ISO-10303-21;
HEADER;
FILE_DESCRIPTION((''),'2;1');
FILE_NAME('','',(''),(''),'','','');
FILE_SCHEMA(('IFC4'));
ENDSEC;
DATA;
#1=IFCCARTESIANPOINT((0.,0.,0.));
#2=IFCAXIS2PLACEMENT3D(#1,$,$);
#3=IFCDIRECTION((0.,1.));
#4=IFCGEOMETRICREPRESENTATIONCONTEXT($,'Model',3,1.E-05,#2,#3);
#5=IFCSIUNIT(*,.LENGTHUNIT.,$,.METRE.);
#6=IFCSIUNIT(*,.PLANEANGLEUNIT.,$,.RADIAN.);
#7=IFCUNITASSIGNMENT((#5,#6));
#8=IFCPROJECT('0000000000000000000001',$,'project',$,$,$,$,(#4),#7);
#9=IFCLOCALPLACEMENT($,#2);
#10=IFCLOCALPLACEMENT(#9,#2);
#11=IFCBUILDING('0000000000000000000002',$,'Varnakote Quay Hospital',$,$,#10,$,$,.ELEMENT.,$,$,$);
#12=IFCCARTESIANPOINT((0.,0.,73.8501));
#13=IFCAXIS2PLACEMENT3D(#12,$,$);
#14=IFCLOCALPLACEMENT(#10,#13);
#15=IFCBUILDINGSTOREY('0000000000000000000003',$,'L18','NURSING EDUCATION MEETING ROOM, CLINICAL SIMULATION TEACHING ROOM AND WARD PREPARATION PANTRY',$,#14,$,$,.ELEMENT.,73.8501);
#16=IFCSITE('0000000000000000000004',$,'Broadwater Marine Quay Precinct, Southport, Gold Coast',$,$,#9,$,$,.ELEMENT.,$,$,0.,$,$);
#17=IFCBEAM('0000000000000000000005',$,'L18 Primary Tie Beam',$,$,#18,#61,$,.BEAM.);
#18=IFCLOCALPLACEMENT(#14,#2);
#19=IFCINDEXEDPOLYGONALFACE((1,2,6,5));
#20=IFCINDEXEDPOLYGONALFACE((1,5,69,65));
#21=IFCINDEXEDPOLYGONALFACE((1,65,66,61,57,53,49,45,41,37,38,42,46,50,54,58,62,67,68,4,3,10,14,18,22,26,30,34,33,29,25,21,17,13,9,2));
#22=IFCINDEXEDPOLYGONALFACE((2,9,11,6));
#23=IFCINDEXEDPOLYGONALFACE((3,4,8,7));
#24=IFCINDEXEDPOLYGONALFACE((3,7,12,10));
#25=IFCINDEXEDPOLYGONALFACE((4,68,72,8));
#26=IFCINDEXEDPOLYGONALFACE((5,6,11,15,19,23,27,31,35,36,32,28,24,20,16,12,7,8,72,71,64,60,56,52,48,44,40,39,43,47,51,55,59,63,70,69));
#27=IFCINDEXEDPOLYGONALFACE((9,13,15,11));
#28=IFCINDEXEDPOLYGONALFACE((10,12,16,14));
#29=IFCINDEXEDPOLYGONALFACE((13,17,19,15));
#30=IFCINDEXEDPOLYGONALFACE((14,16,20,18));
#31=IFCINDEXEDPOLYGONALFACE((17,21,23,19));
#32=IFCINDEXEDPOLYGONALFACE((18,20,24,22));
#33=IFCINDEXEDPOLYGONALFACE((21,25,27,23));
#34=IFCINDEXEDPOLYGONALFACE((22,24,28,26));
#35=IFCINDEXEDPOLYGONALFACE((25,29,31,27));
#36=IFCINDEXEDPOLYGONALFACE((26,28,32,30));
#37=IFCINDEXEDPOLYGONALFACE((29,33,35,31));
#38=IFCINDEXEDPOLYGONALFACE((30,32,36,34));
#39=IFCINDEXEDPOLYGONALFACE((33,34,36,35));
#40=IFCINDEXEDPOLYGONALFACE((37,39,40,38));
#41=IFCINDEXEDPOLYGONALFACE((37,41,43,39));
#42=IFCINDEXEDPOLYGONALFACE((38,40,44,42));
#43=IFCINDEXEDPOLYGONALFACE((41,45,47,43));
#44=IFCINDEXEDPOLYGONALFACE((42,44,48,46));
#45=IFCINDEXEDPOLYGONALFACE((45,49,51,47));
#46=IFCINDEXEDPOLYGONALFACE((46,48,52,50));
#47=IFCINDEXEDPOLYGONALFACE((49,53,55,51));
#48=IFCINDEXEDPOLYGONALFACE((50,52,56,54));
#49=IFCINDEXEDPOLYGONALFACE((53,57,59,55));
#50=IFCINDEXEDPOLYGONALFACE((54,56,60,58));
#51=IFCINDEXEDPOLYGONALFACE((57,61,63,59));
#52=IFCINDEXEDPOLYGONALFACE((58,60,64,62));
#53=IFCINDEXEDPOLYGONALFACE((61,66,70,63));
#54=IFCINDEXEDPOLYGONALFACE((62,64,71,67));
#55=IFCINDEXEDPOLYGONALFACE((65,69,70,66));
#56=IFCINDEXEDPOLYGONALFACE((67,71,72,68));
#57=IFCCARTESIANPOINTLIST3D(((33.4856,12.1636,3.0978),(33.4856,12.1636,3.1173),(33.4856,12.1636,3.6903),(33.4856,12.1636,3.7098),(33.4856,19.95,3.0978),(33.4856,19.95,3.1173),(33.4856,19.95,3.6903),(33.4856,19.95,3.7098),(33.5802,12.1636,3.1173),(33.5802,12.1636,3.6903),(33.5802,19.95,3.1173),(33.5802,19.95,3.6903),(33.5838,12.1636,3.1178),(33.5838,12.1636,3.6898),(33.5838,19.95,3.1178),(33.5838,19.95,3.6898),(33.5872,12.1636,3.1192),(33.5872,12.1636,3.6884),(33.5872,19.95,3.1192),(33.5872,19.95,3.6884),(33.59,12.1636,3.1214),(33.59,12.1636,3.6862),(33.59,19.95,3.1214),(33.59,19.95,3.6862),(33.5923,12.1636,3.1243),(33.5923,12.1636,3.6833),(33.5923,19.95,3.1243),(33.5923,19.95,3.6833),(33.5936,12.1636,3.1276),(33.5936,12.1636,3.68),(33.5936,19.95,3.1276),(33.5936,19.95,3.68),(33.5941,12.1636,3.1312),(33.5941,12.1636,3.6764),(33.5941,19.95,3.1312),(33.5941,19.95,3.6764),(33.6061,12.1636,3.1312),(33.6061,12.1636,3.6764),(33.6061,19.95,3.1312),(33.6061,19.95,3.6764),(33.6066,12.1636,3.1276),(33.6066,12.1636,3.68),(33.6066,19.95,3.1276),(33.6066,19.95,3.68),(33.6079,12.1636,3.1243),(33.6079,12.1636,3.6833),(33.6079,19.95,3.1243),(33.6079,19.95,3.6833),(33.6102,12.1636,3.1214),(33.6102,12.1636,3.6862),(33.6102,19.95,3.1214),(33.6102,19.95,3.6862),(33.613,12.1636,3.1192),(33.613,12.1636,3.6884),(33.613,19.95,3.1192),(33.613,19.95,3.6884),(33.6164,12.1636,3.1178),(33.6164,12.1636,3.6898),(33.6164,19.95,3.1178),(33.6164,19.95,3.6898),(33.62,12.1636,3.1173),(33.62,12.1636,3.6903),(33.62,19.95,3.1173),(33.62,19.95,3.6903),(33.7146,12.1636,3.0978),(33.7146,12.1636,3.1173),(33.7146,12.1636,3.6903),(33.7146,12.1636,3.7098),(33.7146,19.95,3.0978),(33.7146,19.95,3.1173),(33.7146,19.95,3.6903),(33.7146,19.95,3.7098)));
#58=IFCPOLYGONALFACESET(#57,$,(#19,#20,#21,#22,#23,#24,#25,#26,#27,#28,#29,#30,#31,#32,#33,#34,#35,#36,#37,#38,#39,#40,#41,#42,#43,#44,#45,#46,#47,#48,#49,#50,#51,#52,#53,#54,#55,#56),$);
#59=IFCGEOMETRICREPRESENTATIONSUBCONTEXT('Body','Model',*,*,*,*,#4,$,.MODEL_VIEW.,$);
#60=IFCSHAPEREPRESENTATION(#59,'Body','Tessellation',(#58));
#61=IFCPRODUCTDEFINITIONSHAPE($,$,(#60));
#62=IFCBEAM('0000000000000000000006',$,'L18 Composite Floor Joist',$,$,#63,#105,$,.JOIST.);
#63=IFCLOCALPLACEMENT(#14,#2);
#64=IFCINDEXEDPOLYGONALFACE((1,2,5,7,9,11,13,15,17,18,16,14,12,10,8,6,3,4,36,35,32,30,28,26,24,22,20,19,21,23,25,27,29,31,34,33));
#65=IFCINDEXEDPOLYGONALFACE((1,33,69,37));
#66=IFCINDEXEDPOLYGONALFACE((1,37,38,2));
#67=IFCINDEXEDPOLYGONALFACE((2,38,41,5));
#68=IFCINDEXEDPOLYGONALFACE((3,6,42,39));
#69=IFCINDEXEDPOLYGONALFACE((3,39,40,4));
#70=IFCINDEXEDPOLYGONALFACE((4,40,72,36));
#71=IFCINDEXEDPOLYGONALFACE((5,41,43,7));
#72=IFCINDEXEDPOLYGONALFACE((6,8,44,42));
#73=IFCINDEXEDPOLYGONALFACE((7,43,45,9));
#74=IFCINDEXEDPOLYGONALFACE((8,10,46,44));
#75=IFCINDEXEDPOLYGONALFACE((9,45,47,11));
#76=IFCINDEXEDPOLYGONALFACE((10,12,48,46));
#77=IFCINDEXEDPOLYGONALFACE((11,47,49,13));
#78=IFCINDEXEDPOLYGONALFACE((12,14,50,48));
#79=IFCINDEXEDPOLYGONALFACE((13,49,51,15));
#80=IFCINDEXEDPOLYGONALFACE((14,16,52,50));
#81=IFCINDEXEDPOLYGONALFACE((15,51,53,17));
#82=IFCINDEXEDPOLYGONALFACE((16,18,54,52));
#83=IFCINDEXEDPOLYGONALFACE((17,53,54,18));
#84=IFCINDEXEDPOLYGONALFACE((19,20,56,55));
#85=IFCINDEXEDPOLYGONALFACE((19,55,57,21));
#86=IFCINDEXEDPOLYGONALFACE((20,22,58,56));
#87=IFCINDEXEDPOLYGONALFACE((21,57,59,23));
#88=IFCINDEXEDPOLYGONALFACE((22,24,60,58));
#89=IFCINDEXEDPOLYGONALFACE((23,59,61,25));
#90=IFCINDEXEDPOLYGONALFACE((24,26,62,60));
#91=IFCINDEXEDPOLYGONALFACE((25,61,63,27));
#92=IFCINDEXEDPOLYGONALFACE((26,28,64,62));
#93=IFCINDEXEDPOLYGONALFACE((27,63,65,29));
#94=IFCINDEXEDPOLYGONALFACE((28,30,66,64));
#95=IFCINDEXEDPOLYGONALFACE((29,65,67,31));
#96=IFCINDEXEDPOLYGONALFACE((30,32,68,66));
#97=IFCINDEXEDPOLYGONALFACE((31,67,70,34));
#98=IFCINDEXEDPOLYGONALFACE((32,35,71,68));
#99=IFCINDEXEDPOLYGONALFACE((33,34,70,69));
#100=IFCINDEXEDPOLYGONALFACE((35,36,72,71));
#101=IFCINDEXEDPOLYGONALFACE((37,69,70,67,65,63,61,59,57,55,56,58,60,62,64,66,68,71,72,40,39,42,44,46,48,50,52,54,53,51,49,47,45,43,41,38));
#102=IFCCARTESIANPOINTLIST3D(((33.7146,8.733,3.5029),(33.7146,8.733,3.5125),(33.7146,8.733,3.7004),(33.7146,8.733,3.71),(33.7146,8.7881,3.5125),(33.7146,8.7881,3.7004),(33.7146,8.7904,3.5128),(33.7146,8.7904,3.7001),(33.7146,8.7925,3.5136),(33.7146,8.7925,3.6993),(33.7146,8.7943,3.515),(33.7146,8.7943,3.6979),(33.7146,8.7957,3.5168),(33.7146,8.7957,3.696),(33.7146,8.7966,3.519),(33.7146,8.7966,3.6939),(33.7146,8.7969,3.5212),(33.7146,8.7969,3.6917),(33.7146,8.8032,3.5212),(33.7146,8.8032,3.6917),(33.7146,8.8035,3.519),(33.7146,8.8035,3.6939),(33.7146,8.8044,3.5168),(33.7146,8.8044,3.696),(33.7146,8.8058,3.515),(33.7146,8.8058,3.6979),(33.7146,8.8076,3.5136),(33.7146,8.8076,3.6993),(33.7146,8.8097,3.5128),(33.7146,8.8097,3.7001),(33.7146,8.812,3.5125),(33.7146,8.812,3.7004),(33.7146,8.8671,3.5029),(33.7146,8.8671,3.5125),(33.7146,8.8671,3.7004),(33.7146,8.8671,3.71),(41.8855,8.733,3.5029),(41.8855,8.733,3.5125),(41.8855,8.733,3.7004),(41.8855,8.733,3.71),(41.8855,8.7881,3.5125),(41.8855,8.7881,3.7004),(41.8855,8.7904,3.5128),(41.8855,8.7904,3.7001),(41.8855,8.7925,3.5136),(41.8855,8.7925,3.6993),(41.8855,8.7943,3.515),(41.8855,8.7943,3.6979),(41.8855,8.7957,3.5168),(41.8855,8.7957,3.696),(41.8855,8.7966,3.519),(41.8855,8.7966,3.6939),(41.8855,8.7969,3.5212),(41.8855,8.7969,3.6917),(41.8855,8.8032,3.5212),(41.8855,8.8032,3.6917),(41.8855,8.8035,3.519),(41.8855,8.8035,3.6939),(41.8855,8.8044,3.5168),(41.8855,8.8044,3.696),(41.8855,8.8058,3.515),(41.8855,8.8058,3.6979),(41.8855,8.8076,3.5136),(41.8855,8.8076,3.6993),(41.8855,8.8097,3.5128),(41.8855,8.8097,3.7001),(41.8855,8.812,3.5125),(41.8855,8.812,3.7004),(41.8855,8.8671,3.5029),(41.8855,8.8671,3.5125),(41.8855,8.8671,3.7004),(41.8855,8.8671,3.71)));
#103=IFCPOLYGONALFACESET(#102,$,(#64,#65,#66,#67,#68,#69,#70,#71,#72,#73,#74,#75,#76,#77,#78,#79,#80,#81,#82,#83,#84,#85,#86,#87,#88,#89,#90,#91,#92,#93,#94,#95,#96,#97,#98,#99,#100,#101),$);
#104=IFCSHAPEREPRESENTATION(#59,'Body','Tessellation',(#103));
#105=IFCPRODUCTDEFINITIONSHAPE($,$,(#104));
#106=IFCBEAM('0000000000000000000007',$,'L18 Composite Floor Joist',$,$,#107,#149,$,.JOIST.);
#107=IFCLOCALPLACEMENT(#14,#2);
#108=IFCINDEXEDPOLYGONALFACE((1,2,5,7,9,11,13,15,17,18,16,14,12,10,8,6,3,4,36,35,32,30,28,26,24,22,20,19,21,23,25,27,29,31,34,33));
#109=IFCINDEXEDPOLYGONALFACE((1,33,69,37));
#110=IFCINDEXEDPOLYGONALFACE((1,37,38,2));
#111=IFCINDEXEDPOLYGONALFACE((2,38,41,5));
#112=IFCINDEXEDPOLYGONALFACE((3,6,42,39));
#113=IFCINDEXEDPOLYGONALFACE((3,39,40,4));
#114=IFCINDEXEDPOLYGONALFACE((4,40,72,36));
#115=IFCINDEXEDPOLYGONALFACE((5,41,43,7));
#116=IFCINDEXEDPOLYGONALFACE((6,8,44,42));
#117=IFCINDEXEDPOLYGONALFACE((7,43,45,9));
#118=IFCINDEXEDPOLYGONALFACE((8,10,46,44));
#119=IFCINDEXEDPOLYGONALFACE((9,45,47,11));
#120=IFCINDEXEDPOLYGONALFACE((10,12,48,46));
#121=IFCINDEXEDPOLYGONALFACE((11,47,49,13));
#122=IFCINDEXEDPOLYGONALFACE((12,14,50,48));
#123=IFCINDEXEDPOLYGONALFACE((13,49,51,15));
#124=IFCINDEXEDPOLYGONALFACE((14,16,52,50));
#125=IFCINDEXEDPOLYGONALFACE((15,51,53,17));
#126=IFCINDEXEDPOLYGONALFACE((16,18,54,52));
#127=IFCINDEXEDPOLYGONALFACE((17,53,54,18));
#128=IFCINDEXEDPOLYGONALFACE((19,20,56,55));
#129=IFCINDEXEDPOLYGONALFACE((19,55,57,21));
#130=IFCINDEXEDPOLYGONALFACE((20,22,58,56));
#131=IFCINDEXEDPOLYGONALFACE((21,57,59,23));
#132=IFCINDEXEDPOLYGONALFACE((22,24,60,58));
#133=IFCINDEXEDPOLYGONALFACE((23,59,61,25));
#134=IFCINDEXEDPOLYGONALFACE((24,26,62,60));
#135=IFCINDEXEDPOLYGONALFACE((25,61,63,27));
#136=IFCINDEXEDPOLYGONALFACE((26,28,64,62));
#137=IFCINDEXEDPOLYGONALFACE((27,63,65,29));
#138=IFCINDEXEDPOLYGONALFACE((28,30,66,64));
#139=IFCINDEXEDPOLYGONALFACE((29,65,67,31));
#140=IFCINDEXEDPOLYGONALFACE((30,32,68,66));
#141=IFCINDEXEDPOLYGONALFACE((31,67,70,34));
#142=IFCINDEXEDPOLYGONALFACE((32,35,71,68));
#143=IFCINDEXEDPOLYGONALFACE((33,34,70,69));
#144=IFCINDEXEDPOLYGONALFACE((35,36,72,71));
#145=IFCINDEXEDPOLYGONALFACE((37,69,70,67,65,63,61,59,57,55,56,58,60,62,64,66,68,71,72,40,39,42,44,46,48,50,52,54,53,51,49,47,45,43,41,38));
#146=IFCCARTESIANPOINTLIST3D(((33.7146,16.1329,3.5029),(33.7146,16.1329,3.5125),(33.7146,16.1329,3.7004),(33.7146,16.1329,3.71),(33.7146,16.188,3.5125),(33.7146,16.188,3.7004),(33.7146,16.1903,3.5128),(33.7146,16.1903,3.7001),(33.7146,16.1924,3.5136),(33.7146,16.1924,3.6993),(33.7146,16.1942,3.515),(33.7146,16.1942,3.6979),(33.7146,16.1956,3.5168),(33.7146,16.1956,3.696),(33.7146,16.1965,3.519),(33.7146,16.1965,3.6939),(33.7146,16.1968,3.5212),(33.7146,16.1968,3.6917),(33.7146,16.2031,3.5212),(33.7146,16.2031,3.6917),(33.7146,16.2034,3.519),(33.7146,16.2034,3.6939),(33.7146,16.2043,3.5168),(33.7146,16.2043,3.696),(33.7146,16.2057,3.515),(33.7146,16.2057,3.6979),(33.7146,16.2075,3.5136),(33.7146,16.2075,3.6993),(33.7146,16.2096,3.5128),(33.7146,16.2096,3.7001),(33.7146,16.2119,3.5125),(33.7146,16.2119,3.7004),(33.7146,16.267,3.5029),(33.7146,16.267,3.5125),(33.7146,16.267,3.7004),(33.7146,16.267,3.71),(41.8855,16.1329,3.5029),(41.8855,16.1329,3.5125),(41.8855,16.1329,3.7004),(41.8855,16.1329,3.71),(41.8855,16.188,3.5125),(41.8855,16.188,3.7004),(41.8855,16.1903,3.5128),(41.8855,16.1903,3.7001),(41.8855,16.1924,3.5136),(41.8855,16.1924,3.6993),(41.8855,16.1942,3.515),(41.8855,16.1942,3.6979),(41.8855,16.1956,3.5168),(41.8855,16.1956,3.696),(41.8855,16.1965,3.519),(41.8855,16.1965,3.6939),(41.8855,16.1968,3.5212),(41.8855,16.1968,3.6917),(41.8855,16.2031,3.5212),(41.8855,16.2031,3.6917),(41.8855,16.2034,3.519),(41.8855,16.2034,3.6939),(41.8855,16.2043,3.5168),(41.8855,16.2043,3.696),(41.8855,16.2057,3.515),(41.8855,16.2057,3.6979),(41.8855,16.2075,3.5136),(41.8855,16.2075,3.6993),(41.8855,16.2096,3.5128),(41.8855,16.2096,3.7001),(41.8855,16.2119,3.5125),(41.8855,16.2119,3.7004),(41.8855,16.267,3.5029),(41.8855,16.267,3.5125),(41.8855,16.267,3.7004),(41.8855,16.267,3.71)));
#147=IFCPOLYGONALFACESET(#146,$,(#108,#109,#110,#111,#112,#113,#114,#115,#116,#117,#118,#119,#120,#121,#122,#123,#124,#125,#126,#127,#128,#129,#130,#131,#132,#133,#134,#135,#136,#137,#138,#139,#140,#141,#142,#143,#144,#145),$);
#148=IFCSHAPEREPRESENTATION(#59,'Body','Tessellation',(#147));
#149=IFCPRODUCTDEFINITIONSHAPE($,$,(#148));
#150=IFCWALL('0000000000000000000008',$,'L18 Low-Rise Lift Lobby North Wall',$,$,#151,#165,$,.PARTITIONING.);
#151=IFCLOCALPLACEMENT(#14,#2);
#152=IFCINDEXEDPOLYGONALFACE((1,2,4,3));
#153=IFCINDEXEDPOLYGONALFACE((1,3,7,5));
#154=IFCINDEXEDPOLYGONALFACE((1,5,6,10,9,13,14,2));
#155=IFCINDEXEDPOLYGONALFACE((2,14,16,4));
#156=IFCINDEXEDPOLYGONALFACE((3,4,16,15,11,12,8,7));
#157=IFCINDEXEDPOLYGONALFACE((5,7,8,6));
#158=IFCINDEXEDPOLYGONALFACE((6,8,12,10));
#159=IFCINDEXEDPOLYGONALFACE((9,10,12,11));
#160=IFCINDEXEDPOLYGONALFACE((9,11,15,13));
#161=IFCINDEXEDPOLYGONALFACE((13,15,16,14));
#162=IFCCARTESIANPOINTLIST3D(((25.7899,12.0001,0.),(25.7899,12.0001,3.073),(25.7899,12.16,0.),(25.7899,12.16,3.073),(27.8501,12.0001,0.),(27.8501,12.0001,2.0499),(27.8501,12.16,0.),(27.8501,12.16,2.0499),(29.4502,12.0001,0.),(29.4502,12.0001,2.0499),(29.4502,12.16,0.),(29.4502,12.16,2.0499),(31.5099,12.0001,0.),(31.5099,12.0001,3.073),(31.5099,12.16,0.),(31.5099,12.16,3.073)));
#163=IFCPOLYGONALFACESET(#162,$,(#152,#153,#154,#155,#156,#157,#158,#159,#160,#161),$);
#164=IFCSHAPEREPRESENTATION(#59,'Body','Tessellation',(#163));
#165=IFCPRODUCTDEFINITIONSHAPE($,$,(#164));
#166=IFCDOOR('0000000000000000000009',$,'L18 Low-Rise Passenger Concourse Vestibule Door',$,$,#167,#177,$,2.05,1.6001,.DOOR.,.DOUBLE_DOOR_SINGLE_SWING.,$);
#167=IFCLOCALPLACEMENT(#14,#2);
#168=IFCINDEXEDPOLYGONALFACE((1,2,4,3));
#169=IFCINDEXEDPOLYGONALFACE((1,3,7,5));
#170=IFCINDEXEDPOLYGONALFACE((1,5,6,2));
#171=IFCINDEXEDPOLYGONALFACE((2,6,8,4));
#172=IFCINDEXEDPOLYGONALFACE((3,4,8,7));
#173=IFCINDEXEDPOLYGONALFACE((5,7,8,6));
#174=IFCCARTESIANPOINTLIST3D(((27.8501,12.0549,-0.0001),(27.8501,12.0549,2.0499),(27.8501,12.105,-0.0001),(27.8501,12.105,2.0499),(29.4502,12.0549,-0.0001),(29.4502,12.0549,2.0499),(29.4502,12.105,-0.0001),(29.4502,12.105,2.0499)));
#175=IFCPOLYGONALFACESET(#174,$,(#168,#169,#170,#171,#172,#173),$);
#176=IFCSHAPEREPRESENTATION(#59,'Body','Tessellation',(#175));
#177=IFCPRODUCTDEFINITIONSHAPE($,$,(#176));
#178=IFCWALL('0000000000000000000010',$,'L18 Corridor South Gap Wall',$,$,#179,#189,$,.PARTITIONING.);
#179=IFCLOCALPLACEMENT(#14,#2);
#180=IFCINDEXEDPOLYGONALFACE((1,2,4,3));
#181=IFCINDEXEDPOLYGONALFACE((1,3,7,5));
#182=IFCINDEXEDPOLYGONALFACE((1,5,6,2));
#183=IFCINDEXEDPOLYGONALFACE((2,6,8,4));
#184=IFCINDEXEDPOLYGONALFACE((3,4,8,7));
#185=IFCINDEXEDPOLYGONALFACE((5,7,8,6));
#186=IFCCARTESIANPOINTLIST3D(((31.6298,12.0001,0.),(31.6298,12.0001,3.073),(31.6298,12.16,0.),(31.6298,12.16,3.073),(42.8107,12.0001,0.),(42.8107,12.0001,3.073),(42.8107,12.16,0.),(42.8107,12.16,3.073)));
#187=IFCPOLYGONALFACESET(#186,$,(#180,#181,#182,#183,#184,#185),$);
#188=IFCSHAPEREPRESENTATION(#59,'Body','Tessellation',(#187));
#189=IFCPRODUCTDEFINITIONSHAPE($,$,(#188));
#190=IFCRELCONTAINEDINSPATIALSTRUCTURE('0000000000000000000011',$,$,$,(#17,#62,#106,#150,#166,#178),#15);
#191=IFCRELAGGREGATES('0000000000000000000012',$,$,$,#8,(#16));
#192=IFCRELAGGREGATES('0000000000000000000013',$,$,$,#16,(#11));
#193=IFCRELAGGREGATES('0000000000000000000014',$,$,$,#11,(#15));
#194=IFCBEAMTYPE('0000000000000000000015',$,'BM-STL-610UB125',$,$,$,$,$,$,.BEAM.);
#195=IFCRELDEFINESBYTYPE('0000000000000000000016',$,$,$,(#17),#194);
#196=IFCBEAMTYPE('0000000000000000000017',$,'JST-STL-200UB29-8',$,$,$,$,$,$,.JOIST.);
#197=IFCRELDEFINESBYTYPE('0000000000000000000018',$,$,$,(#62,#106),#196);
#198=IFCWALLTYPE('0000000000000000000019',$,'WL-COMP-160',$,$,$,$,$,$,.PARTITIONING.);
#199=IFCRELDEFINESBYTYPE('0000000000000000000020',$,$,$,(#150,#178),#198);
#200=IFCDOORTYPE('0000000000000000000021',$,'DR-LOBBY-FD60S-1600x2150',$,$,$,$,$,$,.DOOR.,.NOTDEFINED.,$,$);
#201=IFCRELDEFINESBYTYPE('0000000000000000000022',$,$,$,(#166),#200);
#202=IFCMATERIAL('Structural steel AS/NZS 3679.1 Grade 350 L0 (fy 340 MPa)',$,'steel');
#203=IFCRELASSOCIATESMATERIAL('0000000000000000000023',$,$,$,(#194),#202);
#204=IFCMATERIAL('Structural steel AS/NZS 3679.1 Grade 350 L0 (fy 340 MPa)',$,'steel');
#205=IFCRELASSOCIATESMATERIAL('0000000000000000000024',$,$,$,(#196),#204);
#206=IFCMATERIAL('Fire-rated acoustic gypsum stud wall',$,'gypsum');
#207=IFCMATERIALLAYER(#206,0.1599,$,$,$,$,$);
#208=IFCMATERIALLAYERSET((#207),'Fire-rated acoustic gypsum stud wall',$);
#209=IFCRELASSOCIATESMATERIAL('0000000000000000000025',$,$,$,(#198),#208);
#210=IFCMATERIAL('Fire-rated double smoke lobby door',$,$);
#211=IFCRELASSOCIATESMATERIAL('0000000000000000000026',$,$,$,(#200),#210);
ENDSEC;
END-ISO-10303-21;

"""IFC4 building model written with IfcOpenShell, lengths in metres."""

from ifc_helpers import new_model, si_unit, direction, frame, frame_2d, origin, origin_2d, place, context, subcontext, project, spatial, rectangle, i_section, extrude, material, layer, layer_set, material_profile, profile_set, type_object, element, fill, save


model = new_model("IFC4")

# Units and contexts
model_context = context("Model", 3, precision=1e-05, world=origin(), true_north=direction((0.0, 1.0)))
body_context = subcontext(model_context, "Body", "Model", "MODEL_VIEW")
ifc_project = project(units=[si_unit("LENGTHUNIT", "METRE"), si_unit("PLANEANGLEUNIT", "RADIAN")], contexts=[model_context])

# Site, building, storey
site_placement = place(None, origin())
site = spatial("IfcSite", under=ifc_project, at=site_placement, Name="Broadwater Marine Quay Precinct, Southport, Gold Coast", CompositionType="ELEMENT", RefElevation=0.0)
building_placement = place(site_placement, origin())
building = spatial("IfcBuilding", under=site, at=building_placement, Name="Varnakote Quay Hospital", CompositionType="ELEMENT")
storey_placement = place(building_placement, frame((0.0, 0.0, 73.8501)))
storey = spatial("IfcBuildingStorey", under=building, at=storey_placement, Name="L18", Description="NURSING EDUCATION MEETING ROOM, CLINICAL SIMULATION TEACHING ROOM AND WARD PREPARATION PANTRY", CompositionType="ELEMENT", Elevation=73.8501)

# Beams
ifc_material_1 = material(Name="Structural steel AS/NZS 3679.1 Grade 350 L0 (fy 340 MPa)", Category="steel")
ifc_material_profile_1 = material_profile(ifc_material_1, i_section(OverallWidth=0.229, OverallDepth=0.6121, WebThickness=0.012, FlangeThickness=0.0195, FilletRadius=0.0139, at=origin_2d()), Name="610UB125")
ifc_profile_set_1 = profile_set([ifc_material_profile_1], Name="Structural steel AS/NZS 3679.1 Grade 350 L0 (fy 340 MPa)")
beam_type_1 = type_object("IfcBeamType", Name="BM-STL-610UB125", PredefinedType="BEAM", material=ifc_profile_set_1)
beam_1_placement = place(storey_placement, frame((33.6001, 12.1636, 3.4038), z_axis=(0.0, 1.0, 0.0), x_axis=(-1.0, 0.0, 0.0)))
element("IfcBeam", 1, at=beam_1_placement, inside=storey, type_object=beam_type_1, Name="L18 Primary Tie Beam", PredefinedType="BEAM", context=body_context, shape_type="SweptSolid", body=[
    extrude(i_section(OverallWidth=0.229, OverallDepth=0.6121, WebThickness=0.012, FlangeThickness=0.0195, FilletRadius=0.0139, at=origin_2d()), origin(), (0.0, 0.0, 1.0), 7.7864),
])
ifc_material_2 = material(Name="Structural steel AS/NZS 3679.1 Grade 350 L0 (fy 340 MPa)", Category="steel")
ifc_material_profile_2 = material_profile(ifc_material_2, i_section(OverallWidth=0.134, OverallDepth=0.207, WebThickness=0.0063, FlangeThickness=0.0095, FilletRadius=0.0088, at=origin_2d()), Name="200UB29.8")
ifc_profile_set_2 = profile_set([ifc_material_profile_2], Name="Structural steel AS/NZS 3679.1 Grade 350 L0 (fy 340 MPa)")
beam_type_2 = type_object("IfcBeamType", Name="JST-STL-200UB29-8", PredefinedType="JOIST", material=ifc_profile_set_2)
for number, where, z_axis, x_axis, name in (
    (2, (33.7146, 8.8, 3.6064), (1.0, 0.0, 0.0), (0.0, 1.0, 0.0), "L18 Composite Floor Joist"),
    (3, (33.7146, 16.2, 3.6064), (1.0, 0.0, 0.0), (0.0, 1.0, 0.0), "L18 Composite Floor Joist"),
):
    element("IfcBeam", number, at=place(storey_placement, frame(where, z_axis=z_axis, x_axis=x_axis)), inside=storey, type_object=beam_type_2, Name=name, PredefinedType="JOIST", context=body_context, shape_type="SweptSolid", body=[
        extrude(i_section(OverallWidth=0.134, OverallDepth=0.207, WebThickness=0.0063, FlangeThickness=0.0095, FilletRadius=0.0088, at=origin_2d()), origin(), (0.0, 0.0, 1.0), 8.1709),
    ])

# Wall, opening, door
ifc_material_3 = material(Name="Fire-rated acoustic gypsum stud wall", Category="gypsum")
ifc_layer_1 = layer(ifc_material_3, 0.1599)
ifc_layer_set_1 = layer_set([ifc_layer_1], Name="Fire-rated acoustic gypsum stud wall")
wall_type_1 = type_object("IfcWallType", Name="WL-COMP-160", PredefinedType="PARTITIONING", material=ifc_layer_set_1)
wall_1_placement = place(storey_placement, frame((25.79, 12.0801, 0.0), z_axis=(0.0, 0.0, 1.0), x_axis=(1.0, 0.0, 0.0)))
wall_1 = element("IfcWall", 4, at=wall_1_placement, inside=storey, type_object=wall_type_1, Name="L18 Low-Rise Lift Lobby North Wall", PredefinedType="PARTITIONING", context=body_context, shape_type="SweptSolid", body=[
    extrude(rectangle(XDim=5.72, YDim=0.1599, at=frame_2d((2.8599, 0.0))), origin(), (0.0, 0.0, 1.0), 3.073),
])
opening_1_placement = place(wall_1_placement, frame((2.0601, 0.0, 0.0)))
opening_1 = element("IfcOpeningElement", 5, at=opening_1_placement, cuts=wall_1, PredefinedType="OPENING", context=body_context, shape_type="SweptSolid", body=[
    extrude(rectangle(XDim=1.6001, YDim=2.05, at=frame_2d((0.8, 1.0249))), frame((0.0, 0.0898, 0.0), z_axis=(0.0, -1.0, 0.0), x_axis=(1.0, 0.0, 0.0)), (0.0, 0.0, 1.0), 0.1799),
])
ifc_material_4 = material(Name="Fire-rated double smoke lobby door")
door_type_1 = type_object("IfcDoorType", Name="DR-LOBBY-FD60S-1600x2150", OperationType="NOTDEFINED", PredefinedType="DOOR", material=ifc_material_4)
door_1_placement = place(opening_1_placement, origin())
door_1 = element("IfcDoor", 6, at=door_1_placement, inside=storey, type_object=door_type_1, Name="L18 Low-Rise Passenger Concourse Vestibule Door", OperationType="DOUBLE_DOOR_SINGLE_SWING", OverallHeight=2.05, OverallWidth=1.6001, PredefinedType="DOOR", context=body_context, shape_type="SweptSolid", body=[
    extrude(rectangle(XDim=1.6001, YDim=2.05, at=frame_2d((0.8, 1.0249))), frame((0.0, 0.0249, 0.0), z_axis=(0.0, -1.0, 0.0), x_axis=(1.0, 0.0, 0.0)), (0.0, 0.0, 1.0), 0.05),
])
fill(opening_1, door_1)

# Wall
wall_2_placement = place(storey_placement, frame((31.6299, 12.0801, 0.0), z_axis=(0.0, 0.0, 1.0), x_axis=(1.0, 0.0, 0.0)))
element("IfcWall", 7, at=wall_2_placement, inside=storey, type_object=wall_type_1, Name="L18 Corridor South Gap Wall", PredefinedType="PARTITIONING", context=body_context, shape_type="SweptSolid", body=[
    extrude(rectangle(XDim=11.1809, YDim=0.1599, at=frame_2d((5.5903, 0.0))), origin(), (0.0, 0.0, 1.0), 3.073),
])

save(model, "model.ifc")
